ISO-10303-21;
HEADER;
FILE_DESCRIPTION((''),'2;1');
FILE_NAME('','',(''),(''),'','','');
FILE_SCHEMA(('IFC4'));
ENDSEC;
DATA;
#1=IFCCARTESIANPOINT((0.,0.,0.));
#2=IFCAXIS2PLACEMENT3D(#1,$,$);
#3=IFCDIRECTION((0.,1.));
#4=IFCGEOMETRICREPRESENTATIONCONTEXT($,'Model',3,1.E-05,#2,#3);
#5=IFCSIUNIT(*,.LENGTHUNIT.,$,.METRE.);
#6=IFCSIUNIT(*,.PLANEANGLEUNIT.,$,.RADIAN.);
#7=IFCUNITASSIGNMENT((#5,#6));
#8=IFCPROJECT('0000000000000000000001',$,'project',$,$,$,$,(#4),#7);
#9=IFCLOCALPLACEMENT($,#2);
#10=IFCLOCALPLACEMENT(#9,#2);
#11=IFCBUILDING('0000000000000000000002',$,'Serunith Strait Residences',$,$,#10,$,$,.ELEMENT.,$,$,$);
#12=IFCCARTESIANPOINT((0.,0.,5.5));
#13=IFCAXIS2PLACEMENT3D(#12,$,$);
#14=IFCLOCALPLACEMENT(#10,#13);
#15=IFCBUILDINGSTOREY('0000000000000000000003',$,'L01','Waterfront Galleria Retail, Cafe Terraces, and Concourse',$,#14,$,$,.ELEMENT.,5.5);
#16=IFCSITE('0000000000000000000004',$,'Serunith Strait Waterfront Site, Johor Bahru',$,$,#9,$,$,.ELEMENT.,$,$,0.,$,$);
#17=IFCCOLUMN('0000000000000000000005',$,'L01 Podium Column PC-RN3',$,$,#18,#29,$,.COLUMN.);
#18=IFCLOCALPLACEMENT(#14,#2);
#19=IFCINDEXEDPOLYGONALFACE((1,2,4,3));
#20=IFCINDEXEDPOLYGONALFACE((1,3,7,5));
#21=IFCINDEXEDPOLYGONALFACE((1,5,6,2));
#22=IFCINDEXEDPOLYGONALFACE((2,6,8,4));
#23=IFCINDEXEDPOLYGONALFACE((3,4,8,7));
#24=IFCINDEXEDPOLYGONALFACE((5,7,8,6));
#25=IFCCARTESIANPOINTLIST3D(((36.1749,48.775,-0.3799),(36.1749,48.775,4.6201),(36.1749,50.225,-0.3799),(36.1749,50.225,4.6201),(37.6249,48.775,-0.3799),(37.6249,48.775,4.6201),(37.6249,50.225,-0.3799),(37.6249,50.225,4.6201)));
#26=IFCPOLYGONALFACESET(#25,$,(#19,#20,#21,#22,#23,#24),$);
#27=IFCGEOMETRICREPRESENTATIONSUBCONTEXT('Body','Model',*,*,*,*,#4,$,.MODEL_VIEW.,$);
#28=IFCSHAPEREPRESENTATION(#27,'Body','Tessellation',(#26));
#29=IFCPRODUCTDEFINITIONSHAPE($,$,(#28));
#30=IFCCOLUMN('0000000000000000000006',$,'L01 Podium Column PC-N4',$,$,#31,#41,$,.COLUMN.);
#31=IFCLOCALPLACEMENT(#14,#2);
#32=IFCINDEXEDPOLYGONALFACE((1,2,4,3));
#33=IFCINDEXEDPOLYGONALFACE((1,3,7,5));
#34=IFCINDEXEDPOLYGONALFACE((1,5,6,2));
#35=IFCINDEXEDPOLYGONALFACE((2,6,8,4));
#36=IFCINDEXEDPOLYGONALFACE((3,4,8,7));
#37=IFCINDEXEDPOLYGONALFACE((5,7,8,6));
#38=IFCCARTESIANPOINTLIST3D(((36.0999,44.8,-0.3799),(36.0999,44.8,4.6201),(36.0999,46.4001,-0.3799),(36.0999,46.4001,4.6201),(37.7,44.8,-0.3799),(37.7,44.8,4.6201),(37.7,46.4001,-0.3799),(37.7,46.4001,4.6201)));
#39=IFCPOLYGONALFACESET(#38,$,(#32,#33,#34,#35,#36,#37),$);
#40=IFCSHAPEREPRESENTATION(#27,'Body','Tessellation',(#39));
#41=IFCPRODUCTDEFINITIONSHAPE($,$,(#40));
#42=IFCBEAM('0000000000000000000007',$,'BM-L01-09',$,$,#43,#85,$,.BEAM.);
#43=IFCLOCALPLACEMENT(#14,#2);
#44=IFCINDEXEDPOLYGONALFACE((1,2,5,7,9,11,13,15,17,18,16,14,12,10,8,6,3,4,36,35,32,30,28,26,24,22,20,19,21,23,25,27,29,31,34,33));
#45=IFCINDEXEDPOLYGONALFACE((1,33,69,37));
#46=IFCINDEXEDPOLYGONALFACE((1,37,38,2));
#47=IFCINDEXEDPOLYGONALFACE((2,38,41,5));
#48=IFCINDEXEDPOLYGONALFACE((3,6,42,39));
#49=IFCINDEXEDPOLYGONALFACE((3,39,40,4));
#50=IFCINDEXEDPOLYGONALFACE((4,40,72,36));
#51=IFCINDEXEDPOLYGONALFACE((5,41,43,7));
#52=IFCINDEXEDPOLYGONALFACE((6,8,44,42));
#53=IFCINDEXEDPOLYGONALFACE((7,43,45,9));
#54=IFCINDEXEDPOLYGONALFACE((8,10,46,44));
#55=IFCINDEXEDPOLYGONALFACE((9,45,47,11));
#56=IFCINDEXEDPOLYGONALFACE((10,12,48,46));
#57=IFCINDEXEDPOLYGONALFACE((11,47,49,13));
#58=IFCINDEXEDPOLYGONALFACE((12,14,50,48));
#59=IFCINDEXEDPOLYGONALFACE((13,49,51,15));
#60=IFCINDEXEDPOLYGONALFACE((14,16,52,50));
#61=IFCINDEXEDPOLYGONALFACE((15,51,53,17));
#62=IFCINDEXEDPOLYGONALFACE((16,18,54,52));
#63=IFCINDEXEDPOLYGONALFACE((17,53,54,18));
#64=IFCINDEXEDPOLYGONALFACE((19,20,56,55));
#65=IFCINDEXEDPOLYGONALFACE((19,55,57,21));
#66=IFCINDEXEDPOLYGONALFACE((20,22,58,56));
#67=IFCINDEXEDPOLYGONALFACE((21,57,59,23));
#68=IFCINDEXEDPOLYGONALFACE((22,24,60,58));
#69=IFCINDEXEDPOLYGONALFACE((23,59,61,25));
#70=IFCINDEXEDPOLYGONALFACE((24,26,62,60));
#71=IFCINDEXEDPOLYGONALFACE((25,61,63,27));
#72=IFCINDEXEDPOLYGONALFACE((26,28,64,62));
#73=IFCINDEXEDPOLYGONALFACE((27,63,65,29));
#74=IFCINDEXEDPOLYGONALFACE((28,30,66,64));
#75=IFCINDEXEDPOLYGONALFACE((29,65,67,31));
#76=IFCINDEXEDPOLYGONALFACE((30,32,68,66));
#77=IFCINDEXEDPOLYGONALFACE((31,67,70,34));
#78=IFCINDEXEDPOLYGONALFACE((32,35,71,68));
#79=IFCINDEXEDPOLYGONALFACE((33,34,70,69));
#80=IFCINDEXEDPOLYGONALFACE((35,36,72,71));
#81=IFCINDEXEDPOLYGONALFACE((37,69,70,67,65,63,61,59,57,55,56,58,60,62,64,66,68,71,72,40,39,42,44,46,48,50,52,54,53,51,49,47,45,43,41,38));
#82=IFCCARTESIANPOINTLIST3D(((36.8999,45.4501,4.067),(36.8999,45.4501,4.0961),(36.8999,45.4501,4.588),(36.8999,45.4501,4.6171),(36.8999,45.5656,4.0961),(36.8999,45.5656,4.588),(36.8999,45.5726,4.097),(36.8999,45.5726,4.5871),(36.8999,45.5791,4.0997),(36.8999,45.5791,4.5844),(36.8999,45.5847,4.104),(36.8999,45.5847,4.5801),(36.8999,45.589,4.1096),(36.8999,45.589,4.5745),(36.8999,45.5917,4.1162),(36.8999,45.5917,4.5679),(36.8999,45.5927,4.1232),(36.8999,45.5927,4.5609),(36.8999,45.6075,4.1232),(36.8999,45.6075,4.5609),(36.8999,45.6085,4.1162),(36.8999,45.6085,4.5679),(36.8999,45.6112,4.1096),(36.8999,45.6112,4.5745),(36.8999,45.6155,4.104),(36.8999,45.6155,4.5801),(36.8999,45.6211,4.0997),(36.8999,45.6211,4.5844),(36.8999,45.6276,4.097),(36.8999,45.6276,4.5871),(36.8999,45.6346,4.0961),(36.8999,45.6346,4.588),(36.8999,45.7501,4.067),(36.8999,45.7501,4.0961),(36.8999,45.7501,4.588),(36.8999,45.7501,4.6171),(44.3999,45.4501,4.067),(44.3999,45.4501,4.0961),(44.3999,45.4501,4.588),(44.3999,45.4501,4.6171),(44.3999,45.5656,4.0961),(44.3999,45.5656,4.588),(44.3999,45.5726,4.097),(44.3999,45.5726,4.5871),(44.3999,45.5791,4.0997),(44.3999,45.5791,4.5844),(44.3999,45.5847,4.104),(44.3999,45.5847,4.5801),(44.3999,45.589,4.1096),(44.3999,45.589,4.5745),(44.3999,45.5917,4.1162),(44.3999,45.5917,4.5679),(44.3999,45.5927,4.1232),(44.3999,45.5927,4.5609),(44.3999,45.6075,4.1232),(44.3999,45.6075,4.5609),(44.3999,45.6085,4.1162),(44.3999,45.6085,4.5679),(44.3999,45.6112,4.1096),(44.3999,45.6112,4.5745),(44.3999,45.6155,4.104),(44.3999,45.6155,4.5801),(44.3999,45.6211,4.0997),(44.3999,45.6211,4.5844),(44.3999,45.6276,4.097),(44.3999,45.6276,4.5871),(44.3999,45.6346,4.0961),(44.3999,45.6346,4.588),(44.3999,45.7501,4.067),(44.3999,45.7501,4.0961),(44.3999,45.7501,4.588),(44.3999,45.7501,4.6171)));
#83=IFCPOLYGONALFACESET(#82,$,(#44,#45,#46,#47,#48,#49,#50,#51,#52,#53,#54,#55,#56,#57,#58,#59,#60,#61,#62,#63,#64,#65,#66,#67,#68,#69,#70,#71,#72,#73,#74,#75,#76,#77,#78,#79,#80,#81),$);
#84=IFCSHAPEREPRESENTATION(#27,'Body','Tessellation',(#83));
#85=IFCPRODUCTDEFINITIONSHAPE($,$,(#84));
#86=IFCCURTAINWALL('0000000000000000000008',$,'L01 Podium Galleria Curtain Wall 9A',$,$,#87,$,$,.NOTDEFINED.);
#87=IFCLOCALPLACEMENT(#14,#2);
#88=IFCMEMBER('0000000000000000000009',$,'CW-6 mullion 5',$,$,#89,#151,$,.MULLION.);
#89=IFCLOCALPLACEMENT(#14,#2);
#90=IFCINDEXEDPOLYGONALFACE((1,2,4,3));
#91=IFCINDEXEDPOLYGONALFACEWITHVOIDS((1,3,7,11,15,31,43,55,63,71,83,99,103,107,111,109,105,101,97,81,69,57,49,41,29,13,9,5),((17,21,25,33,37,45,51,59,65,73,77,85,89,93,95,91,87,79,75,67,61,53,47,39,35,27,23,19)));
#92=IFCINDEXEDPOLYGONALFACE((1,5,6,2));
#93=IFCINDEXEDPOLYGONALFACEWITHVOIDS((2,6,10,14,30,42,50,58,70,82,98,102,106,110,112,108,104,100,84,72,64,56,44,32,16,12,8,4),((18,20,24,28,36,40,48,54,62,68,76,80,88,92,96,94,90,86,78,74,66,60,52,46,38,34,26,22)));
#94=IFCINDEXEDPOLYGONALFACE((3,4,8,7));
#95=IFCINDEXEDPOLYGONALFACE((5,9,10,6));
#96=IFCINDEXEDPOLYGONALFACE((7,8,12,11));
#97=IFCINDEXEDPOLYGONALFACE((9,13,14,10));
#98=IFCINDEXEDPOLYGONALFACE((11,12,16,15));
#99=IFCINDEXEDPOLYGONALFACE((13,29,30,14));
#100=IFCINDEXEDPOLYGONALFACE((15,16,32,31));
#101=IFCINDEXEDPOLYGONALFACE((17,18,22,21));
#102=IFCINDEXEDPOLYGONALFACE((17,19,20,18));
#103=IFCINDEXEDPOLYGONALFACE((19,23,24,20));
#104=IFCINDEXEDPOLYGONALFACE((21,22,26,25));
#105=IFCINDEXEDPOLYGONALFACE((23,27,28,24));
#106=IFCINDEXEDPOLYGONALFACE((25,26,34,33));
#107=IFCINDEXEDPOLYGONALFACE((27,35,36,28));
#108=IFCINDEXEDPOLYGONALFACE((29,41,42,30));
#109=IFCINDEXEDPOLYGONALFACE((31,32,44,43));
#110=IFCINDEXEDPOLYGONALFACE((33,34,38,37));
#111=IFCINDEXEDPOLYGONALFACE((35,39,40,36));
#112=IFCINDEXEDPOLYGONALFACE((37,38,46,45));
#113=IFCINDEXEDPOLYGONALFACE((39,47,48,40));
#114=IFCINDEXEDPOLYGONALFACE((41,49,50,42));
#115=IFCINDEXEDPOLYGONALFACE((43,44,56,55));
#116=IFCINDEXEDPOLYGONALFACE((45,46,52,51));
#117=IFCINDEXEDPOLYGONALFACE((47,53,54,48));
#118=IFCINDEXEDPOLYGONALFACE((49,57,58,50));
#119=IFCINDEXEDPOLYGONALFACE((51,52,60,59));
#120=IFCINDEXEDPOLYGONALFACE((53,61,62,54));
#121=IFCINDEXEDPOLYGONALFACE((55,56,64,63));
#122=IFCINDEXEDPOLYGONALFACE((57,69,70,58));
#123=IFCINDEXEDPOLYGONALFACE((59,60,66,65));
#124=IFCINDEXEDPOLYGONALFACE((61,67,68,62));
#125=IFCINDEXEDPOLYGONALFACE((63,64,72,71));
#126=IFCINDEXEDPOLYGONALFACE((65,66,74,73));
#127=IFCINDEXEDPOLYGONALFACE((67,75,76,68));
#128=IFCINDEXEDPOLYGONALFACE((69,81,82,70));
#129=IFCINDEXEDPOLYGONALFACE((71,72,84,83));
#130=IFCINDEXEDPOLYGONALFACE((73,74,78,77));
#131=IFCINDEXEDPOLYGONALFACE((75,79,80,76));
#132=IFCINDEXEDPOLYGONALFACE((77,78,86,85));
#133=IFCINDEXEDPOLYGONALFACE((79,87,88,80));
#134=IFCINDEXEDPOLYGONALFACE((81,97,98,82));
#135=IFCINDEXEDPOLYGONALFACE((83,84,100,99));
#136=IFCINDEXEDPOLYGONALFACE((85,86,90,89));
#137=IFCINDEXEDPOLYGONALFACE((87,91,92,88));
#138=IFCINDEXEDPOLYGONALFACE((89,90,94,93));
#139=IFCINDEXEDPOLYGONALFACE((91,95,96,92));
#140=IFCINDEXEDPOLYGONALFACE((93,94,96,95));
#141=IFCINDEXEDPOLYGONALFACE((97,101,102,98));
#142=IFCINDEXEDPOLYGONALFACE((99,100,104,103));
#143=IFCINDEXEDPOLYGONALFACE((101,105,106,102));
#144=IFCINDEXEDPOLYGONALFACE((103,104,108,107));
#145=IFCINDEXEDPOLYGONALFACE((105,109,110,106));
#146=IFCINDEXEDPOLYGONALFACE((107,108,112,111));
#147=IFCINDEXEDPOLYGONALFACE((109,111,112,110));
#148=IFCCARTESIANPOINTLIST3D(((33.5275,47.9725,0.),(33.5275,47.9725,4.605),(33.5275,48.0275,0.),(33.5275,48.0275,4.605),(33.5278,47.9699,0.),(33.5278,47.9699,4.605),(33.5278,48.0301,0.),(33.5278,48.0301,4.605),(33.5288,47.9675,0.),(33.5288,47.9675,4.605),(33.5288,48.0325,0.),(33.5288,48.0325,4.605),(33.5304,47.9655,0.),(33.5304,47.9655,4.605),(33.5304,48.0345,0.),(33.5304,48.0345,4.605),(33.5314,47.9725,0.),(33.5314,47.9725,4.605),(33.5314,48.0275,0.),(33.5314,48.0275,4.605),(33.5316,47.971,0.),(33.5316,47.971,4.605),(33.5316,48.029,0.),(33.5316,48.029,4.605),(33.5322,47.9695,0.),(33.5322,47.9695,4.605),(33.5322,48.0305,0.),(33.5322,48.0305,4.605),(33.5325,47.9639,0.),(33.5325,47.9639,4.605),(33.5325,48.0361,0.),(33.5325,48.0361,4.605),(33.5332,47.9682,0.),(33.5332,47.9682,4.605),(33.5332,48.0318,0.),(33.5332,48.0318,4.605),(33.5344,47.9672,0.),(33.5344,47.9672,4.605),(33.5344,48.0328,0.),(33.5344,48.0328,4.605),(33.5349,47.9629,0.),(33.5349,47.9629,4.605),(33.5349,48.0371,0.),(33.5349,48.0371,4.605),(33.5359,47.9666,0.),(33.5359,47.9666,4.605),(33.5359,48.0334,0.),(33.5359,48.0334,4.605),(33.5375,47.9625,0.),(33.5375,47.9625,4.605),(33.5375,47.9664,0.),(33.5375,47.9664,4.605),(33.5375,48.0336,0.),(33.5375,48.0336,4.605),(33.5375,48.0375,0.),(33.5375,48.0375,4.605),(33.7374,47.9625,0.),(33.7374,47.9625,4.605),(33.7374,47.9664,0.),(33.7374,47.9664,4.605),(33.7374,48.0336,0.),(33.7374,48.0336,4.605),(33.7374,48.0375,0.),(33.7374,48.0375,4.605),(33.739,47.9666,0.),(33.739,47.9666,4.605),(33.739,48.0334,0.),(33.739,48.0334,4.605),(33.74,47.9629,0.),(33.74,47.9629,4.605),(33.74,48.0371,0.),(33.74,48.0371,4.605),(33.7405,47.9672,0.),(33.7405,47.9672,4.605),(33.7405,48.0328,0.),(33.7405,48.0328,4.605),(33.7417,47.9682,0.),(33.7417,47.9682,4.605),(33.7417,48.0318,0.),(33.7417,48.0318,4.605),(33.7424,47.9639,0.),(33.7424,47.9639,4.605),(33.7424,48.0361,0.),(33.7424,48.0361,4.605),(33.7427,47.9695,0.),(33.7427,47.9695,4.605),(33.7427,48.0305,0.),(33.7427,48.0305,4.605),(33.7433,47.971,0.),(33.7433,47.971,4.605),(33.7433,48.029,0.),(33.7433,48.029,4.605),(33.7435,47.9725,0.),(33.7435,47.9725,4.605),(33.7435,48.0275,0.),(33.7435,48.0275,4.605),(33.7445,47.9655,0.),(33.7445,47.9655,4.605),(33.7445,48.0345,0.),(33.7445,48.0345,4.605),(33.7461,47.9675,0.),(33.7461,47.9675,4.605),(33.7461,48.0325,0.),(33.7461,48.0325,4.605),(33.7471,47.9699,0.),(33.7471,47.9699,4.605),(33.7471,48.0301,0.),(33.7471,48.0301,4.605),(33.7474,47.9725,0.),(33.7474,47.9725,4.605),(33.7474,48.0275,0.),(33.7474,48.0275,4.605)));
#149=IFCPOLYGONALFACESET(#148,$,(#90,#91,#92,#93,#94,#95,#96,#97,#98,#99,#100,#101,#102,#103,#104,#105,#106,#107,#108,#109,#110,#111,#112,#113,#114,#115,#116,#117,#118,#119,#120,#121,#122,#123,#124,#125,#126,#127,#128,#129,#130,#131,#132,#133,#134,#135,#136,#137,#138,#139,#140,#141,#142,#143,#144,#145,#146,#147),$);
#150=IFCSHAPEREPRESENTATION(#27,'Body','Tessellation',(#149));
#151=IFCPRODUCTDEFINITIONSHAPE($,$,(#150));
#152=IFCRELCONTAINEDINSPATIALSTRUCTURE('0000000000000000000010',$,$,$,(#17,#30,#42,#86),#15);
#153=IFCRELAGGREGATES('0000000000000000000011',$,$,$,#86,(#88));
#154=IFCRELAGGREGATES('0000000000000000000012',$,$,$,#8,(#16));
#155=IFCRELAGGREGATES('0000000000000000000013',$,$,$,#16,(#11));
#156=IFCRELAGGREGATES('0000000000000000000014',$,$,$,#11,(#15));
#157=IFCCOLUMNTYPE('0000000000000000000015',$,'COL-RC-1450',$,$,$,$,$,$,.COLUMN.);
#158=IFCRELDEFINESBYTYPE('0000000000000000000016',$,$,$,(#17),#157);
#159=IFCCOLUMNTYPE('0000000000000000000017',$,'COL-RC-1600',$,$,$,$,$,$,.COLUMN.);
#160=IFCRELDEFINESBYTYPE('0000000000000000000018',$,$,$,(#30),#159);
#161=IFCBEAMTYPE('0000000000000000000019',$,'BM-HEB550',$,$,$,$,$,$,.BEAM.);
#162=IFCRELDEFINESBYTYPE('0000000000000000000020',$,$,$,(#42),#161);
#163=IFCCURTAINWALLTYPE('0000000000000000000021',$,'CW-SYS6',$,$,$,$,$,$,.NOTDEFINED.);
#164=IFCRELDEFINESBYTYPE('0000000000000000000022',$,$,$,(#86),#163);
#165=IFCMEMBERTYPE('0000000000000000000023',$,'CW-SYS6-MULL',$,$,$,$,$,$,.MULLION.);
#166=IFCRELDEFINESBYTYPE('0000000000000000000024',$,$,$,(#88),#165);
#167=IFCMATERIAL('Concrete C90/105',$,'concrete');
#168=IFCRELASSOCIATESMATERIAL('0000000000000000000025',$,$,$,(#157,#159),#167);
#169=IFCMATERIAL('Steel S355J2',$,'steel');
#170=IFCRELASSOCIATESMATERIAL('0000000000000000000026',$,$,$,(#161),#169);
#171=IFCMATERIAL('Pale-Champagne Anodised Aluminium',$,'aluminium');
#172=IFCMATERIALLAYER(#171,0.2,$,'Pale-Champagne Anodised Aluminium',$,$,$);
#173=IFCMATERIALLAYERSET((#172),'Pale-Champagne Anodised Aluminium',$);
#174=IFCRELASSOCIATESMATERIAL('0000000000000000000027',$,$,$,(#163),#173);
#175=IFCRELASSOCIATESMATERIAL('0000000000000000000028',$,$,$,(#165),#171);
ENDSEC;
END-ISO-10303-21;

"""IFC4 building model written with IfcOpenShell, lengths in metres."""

from ifc_helpers import new_model, si_unit, direction, frame, origin, origin_2d, place, context, subcontext, project, spatial, rectangle, hollow_rectangle, i_section, extrude, source, transform, mapped, material, layer, layer_set, material_profile, profile_set, type_object, element, aggregate, save


model = new_model("IFC4")

# Units and contexts
model_context = context("Model", 3, precision=1e-05, world=origin(), true_north=direction((0.0, 1.0)))
body_context = subcontext(model_context, "Body", "Model", "MODEL_VIEW")
ifc_project = project(units=[si_unit("LENGTHUNIT", "METRE"), si_unit("PLANEANGLEUNIT", "RADIAN")], contexts=[model_context])

# Site, building, storey
site_placement = place(None, origin())
site = spatial("IfcSite", under=ifc_project, at=site_placement, Name="Serunith Strait Waterfront Site, Johor Bahru", CompositionType="ELEMENT", RefElevation=0.0)
building_placement = place(site_placement, origin())
building = spatial("IfcBuilding", under=site, at=building_placement, Name="Serunith Strait Residences", CompositionType="ELEMENT")
storey_placement = place(building_placement, frame((0.0, 0.0, 5.5)))
storey = spatial("IfcBuildingStorey", under=building, at=storey_placement, Name="L01", Description="Waterfront Galleria Retail, Cafe Terraces, and Concourse", CompositionType="ELEMENT", Elevation=5.5)

# Columns
ifc_material_1 = material(Name="Concrete C90/105", Category="concrete")
ifc_material_profile_1 = material_profile(ifc_material_1, rectangle(XDim=1.45, YDim=1.45, at=origin_2d()), Name="RC 1450x1450")
ifc_profile_set_1 = profile_set([ifc_material_profile_1], Name="Concrete C90/105")
column_type_1 = type_object("IfcColumnType", Name="COL-RC-1450", PredefinedType="COLUMN", material=ifc_profile_set_1)
shared_shape_1 = source(origin(), body_context, "Body", "SweptSolid", [
    extrude(rectangle(XDim=1.45, YDim=1.45, at=origin_2d()), origin(), (0.0, 0.0, 1.0), 5.0),
])
column_1_placement = place(storey_placement, frame((36.8999, 49.5, -0.3799), z_axis=(0.0, 0.0, 1.0), x_axis=(1.0, 0.0, 0.0)))
element("IfcColumn", 1, at=column_1_placement, inside=storey, type_object=column_type_1, Name="L01 Podium Column PC-RN3", PredefinedType="COLUMN", context=body_context, shape_type="MappedRepresentation", body=[
    mapped(shared_shape_1, transform((0.0, 0.0, 0.0), scale=1.0)),
])
ifc_material_profile_2 = material_profile(ifc_material_1, rectangle(XDim=1.6001, YDim=1.6001, at=origin_2d()), Name="RC 1600x1600")
ifc_profile_set_2 = profile_set([ifc_material_profile_2], Name="Concrete C90/105")
column_type_2 = type_object("IfcColumnType", Name="COL-RC-1600", PredefinedType="COLUMN", material=ifc_profile_set_2)
shared_shape_2 = source(origin(), body_context, "Body", "SweptSolid", [
    extrude(rectangle(XDim=1.6001, YDim=1.6001, at=origin_2d()), origin(), (0.0, 0.0, 1.0), 5.0),
])
column_2_placement = place(storey_placement, frame((36.8999, 45.6001, -0.3799), z_axis=(0.0, 0.0, 1.0), x_axis=(1.0, 0.0, 0.0)))
element("IfcColumn", 2, at=column_2_placement, inside=storey, type_object=column_type_2, Name="L01 Podium Column PC-N4", PredefinedType="COLUMN", context=body_context, shape_type="MappedRepresentation", body=[
    mapped(shared_shape_2, transform((0.0, 0.0, 0.0), scale=1.0)),
])

# Beam
ifc_material_2 = material(Name="Steel S355J2", Category="steel")
ifc_material_profile_3 = material_profile(ifc_material_2, i_section(OverallWidth=0.3, OverallDepth=0.55, WebThickness=0.0149, FlangeThickness=0.0291, FilletRadius=0.0271, at=origin_2d()), Name="HEB 550")
ifc_profile_set_3 = profile_set([ifc_material_profile_3], Name="Steel S355J2")
beam_type = type_object("IfcBeamType", Name="BM-HEB550", PredefinedType="BEAM", material=ifc_profile_set_3)
shared_shape_3 = source(origin(), body_context, "Body", "SweptSolid", [
    extrude(i_section(OverallWidth=0.3, OverallDepth=0.55, WebThickness=0.0149, FlangeThickness=0.0291, FilletRadius=0.0271, at=origin_2d()), origin(), (0.0, 0.0, 1.0), 7.5),
])
beam_placement = place(storey_placement, frame((36.8999, 45.6001, 4.342), z_axis=(1.0, 0.0, 0.0), x_axis=(0.0, 1.0, 0.0)))
element("IfcBeam", 3, at=beam_placement, inside=storey, type_object=beam_type, Name="BM-L01-09", PredefinedType="BEAM", context=body_context, shape_type="MappedRepresentation", body=[
    mapped(shared_shape_3, transform((0.0, 0.0, 0.0), scale=1.0)),
])

# Curtain wall, member
ifc_material_3 = material(Name="Pale-Champagne Anodised Aluminium", Category="aluminium")
ifc_layer_1 = layer(ifc_material_3, 0.2, Name="Pale-Champagne Anodised Aluminium")
ifc_layer_set_1 = layer_set([ifc_layer_1], Name="Pale-Champagne Anodised Aluminium")
curtain_wall_type = type_object("IfcCurtainWallType", Name="CW-SYS6", PredefinedType="NOTDEFINED", material=ifc_layer_set_1)
curtain_wall_1_placement = place(storey_placement, origin())
curtain_wall_1 = element("IfcCurtainWall", 4, at=curtain_wall_1_placement, inside=storey, type_object=curtain_wall_type, Name="L01 Podium Galleria Curtain Wall 9A", PredefinedType="NOTDEFINED")
ifc_material_profile_4 = material_profile(ifc_material_3, hollow_rectangle(XDim=0.075, YDim=0.22, WallThickness=0.0039, InnerFilletRadius=0.0061, OuterFilletRadius=0.01, at=origin_2d()), Name="ALU 220x75x4")
ifc_profile_set_4 = profile_set([ifc_material_profile_4], Name="Pale-Champagne Anodised Aluminium")
member_type_1 = type_object("IfcMemberType", Name="CW-SYS6-MULL", PredefinedType="MULLION", material=ifc_profile_set_4)
shared_shape_4 = source(origin(), body_context, "Body", "SweptSolid", [
    extrude(hollow_rectangle(XDim=0.075, YDim=0.22, WallThickness=0.0039, InnerFilletRadius=0.0061, OuterFilletRadius=0.01, at=origin_2d()), origin(), (0.0, 0.0, 1.0), 4.605),
])
member_1_placement = place(storey_placement, frame((33.6375, 48.0, 0.0), z_axis=(0.0, 0.0, 1.0), x_axis=(0.0, -1.0, 0.0)))
member_1 = element("IfcMember", 5, at=member_1_placement, type_object=member_type_1, Name="CW-6 mullion 5", PredefinedType="MULLION", context=body_context, shape_type="MappedRepresentation", body=[
    mapped(shared_shape_4, transform((0.0, 0.0, 0.0), scale=1.0)),
])

aggregate(curtain_wall_1, [member_1])

save(model, "model.ifc")
